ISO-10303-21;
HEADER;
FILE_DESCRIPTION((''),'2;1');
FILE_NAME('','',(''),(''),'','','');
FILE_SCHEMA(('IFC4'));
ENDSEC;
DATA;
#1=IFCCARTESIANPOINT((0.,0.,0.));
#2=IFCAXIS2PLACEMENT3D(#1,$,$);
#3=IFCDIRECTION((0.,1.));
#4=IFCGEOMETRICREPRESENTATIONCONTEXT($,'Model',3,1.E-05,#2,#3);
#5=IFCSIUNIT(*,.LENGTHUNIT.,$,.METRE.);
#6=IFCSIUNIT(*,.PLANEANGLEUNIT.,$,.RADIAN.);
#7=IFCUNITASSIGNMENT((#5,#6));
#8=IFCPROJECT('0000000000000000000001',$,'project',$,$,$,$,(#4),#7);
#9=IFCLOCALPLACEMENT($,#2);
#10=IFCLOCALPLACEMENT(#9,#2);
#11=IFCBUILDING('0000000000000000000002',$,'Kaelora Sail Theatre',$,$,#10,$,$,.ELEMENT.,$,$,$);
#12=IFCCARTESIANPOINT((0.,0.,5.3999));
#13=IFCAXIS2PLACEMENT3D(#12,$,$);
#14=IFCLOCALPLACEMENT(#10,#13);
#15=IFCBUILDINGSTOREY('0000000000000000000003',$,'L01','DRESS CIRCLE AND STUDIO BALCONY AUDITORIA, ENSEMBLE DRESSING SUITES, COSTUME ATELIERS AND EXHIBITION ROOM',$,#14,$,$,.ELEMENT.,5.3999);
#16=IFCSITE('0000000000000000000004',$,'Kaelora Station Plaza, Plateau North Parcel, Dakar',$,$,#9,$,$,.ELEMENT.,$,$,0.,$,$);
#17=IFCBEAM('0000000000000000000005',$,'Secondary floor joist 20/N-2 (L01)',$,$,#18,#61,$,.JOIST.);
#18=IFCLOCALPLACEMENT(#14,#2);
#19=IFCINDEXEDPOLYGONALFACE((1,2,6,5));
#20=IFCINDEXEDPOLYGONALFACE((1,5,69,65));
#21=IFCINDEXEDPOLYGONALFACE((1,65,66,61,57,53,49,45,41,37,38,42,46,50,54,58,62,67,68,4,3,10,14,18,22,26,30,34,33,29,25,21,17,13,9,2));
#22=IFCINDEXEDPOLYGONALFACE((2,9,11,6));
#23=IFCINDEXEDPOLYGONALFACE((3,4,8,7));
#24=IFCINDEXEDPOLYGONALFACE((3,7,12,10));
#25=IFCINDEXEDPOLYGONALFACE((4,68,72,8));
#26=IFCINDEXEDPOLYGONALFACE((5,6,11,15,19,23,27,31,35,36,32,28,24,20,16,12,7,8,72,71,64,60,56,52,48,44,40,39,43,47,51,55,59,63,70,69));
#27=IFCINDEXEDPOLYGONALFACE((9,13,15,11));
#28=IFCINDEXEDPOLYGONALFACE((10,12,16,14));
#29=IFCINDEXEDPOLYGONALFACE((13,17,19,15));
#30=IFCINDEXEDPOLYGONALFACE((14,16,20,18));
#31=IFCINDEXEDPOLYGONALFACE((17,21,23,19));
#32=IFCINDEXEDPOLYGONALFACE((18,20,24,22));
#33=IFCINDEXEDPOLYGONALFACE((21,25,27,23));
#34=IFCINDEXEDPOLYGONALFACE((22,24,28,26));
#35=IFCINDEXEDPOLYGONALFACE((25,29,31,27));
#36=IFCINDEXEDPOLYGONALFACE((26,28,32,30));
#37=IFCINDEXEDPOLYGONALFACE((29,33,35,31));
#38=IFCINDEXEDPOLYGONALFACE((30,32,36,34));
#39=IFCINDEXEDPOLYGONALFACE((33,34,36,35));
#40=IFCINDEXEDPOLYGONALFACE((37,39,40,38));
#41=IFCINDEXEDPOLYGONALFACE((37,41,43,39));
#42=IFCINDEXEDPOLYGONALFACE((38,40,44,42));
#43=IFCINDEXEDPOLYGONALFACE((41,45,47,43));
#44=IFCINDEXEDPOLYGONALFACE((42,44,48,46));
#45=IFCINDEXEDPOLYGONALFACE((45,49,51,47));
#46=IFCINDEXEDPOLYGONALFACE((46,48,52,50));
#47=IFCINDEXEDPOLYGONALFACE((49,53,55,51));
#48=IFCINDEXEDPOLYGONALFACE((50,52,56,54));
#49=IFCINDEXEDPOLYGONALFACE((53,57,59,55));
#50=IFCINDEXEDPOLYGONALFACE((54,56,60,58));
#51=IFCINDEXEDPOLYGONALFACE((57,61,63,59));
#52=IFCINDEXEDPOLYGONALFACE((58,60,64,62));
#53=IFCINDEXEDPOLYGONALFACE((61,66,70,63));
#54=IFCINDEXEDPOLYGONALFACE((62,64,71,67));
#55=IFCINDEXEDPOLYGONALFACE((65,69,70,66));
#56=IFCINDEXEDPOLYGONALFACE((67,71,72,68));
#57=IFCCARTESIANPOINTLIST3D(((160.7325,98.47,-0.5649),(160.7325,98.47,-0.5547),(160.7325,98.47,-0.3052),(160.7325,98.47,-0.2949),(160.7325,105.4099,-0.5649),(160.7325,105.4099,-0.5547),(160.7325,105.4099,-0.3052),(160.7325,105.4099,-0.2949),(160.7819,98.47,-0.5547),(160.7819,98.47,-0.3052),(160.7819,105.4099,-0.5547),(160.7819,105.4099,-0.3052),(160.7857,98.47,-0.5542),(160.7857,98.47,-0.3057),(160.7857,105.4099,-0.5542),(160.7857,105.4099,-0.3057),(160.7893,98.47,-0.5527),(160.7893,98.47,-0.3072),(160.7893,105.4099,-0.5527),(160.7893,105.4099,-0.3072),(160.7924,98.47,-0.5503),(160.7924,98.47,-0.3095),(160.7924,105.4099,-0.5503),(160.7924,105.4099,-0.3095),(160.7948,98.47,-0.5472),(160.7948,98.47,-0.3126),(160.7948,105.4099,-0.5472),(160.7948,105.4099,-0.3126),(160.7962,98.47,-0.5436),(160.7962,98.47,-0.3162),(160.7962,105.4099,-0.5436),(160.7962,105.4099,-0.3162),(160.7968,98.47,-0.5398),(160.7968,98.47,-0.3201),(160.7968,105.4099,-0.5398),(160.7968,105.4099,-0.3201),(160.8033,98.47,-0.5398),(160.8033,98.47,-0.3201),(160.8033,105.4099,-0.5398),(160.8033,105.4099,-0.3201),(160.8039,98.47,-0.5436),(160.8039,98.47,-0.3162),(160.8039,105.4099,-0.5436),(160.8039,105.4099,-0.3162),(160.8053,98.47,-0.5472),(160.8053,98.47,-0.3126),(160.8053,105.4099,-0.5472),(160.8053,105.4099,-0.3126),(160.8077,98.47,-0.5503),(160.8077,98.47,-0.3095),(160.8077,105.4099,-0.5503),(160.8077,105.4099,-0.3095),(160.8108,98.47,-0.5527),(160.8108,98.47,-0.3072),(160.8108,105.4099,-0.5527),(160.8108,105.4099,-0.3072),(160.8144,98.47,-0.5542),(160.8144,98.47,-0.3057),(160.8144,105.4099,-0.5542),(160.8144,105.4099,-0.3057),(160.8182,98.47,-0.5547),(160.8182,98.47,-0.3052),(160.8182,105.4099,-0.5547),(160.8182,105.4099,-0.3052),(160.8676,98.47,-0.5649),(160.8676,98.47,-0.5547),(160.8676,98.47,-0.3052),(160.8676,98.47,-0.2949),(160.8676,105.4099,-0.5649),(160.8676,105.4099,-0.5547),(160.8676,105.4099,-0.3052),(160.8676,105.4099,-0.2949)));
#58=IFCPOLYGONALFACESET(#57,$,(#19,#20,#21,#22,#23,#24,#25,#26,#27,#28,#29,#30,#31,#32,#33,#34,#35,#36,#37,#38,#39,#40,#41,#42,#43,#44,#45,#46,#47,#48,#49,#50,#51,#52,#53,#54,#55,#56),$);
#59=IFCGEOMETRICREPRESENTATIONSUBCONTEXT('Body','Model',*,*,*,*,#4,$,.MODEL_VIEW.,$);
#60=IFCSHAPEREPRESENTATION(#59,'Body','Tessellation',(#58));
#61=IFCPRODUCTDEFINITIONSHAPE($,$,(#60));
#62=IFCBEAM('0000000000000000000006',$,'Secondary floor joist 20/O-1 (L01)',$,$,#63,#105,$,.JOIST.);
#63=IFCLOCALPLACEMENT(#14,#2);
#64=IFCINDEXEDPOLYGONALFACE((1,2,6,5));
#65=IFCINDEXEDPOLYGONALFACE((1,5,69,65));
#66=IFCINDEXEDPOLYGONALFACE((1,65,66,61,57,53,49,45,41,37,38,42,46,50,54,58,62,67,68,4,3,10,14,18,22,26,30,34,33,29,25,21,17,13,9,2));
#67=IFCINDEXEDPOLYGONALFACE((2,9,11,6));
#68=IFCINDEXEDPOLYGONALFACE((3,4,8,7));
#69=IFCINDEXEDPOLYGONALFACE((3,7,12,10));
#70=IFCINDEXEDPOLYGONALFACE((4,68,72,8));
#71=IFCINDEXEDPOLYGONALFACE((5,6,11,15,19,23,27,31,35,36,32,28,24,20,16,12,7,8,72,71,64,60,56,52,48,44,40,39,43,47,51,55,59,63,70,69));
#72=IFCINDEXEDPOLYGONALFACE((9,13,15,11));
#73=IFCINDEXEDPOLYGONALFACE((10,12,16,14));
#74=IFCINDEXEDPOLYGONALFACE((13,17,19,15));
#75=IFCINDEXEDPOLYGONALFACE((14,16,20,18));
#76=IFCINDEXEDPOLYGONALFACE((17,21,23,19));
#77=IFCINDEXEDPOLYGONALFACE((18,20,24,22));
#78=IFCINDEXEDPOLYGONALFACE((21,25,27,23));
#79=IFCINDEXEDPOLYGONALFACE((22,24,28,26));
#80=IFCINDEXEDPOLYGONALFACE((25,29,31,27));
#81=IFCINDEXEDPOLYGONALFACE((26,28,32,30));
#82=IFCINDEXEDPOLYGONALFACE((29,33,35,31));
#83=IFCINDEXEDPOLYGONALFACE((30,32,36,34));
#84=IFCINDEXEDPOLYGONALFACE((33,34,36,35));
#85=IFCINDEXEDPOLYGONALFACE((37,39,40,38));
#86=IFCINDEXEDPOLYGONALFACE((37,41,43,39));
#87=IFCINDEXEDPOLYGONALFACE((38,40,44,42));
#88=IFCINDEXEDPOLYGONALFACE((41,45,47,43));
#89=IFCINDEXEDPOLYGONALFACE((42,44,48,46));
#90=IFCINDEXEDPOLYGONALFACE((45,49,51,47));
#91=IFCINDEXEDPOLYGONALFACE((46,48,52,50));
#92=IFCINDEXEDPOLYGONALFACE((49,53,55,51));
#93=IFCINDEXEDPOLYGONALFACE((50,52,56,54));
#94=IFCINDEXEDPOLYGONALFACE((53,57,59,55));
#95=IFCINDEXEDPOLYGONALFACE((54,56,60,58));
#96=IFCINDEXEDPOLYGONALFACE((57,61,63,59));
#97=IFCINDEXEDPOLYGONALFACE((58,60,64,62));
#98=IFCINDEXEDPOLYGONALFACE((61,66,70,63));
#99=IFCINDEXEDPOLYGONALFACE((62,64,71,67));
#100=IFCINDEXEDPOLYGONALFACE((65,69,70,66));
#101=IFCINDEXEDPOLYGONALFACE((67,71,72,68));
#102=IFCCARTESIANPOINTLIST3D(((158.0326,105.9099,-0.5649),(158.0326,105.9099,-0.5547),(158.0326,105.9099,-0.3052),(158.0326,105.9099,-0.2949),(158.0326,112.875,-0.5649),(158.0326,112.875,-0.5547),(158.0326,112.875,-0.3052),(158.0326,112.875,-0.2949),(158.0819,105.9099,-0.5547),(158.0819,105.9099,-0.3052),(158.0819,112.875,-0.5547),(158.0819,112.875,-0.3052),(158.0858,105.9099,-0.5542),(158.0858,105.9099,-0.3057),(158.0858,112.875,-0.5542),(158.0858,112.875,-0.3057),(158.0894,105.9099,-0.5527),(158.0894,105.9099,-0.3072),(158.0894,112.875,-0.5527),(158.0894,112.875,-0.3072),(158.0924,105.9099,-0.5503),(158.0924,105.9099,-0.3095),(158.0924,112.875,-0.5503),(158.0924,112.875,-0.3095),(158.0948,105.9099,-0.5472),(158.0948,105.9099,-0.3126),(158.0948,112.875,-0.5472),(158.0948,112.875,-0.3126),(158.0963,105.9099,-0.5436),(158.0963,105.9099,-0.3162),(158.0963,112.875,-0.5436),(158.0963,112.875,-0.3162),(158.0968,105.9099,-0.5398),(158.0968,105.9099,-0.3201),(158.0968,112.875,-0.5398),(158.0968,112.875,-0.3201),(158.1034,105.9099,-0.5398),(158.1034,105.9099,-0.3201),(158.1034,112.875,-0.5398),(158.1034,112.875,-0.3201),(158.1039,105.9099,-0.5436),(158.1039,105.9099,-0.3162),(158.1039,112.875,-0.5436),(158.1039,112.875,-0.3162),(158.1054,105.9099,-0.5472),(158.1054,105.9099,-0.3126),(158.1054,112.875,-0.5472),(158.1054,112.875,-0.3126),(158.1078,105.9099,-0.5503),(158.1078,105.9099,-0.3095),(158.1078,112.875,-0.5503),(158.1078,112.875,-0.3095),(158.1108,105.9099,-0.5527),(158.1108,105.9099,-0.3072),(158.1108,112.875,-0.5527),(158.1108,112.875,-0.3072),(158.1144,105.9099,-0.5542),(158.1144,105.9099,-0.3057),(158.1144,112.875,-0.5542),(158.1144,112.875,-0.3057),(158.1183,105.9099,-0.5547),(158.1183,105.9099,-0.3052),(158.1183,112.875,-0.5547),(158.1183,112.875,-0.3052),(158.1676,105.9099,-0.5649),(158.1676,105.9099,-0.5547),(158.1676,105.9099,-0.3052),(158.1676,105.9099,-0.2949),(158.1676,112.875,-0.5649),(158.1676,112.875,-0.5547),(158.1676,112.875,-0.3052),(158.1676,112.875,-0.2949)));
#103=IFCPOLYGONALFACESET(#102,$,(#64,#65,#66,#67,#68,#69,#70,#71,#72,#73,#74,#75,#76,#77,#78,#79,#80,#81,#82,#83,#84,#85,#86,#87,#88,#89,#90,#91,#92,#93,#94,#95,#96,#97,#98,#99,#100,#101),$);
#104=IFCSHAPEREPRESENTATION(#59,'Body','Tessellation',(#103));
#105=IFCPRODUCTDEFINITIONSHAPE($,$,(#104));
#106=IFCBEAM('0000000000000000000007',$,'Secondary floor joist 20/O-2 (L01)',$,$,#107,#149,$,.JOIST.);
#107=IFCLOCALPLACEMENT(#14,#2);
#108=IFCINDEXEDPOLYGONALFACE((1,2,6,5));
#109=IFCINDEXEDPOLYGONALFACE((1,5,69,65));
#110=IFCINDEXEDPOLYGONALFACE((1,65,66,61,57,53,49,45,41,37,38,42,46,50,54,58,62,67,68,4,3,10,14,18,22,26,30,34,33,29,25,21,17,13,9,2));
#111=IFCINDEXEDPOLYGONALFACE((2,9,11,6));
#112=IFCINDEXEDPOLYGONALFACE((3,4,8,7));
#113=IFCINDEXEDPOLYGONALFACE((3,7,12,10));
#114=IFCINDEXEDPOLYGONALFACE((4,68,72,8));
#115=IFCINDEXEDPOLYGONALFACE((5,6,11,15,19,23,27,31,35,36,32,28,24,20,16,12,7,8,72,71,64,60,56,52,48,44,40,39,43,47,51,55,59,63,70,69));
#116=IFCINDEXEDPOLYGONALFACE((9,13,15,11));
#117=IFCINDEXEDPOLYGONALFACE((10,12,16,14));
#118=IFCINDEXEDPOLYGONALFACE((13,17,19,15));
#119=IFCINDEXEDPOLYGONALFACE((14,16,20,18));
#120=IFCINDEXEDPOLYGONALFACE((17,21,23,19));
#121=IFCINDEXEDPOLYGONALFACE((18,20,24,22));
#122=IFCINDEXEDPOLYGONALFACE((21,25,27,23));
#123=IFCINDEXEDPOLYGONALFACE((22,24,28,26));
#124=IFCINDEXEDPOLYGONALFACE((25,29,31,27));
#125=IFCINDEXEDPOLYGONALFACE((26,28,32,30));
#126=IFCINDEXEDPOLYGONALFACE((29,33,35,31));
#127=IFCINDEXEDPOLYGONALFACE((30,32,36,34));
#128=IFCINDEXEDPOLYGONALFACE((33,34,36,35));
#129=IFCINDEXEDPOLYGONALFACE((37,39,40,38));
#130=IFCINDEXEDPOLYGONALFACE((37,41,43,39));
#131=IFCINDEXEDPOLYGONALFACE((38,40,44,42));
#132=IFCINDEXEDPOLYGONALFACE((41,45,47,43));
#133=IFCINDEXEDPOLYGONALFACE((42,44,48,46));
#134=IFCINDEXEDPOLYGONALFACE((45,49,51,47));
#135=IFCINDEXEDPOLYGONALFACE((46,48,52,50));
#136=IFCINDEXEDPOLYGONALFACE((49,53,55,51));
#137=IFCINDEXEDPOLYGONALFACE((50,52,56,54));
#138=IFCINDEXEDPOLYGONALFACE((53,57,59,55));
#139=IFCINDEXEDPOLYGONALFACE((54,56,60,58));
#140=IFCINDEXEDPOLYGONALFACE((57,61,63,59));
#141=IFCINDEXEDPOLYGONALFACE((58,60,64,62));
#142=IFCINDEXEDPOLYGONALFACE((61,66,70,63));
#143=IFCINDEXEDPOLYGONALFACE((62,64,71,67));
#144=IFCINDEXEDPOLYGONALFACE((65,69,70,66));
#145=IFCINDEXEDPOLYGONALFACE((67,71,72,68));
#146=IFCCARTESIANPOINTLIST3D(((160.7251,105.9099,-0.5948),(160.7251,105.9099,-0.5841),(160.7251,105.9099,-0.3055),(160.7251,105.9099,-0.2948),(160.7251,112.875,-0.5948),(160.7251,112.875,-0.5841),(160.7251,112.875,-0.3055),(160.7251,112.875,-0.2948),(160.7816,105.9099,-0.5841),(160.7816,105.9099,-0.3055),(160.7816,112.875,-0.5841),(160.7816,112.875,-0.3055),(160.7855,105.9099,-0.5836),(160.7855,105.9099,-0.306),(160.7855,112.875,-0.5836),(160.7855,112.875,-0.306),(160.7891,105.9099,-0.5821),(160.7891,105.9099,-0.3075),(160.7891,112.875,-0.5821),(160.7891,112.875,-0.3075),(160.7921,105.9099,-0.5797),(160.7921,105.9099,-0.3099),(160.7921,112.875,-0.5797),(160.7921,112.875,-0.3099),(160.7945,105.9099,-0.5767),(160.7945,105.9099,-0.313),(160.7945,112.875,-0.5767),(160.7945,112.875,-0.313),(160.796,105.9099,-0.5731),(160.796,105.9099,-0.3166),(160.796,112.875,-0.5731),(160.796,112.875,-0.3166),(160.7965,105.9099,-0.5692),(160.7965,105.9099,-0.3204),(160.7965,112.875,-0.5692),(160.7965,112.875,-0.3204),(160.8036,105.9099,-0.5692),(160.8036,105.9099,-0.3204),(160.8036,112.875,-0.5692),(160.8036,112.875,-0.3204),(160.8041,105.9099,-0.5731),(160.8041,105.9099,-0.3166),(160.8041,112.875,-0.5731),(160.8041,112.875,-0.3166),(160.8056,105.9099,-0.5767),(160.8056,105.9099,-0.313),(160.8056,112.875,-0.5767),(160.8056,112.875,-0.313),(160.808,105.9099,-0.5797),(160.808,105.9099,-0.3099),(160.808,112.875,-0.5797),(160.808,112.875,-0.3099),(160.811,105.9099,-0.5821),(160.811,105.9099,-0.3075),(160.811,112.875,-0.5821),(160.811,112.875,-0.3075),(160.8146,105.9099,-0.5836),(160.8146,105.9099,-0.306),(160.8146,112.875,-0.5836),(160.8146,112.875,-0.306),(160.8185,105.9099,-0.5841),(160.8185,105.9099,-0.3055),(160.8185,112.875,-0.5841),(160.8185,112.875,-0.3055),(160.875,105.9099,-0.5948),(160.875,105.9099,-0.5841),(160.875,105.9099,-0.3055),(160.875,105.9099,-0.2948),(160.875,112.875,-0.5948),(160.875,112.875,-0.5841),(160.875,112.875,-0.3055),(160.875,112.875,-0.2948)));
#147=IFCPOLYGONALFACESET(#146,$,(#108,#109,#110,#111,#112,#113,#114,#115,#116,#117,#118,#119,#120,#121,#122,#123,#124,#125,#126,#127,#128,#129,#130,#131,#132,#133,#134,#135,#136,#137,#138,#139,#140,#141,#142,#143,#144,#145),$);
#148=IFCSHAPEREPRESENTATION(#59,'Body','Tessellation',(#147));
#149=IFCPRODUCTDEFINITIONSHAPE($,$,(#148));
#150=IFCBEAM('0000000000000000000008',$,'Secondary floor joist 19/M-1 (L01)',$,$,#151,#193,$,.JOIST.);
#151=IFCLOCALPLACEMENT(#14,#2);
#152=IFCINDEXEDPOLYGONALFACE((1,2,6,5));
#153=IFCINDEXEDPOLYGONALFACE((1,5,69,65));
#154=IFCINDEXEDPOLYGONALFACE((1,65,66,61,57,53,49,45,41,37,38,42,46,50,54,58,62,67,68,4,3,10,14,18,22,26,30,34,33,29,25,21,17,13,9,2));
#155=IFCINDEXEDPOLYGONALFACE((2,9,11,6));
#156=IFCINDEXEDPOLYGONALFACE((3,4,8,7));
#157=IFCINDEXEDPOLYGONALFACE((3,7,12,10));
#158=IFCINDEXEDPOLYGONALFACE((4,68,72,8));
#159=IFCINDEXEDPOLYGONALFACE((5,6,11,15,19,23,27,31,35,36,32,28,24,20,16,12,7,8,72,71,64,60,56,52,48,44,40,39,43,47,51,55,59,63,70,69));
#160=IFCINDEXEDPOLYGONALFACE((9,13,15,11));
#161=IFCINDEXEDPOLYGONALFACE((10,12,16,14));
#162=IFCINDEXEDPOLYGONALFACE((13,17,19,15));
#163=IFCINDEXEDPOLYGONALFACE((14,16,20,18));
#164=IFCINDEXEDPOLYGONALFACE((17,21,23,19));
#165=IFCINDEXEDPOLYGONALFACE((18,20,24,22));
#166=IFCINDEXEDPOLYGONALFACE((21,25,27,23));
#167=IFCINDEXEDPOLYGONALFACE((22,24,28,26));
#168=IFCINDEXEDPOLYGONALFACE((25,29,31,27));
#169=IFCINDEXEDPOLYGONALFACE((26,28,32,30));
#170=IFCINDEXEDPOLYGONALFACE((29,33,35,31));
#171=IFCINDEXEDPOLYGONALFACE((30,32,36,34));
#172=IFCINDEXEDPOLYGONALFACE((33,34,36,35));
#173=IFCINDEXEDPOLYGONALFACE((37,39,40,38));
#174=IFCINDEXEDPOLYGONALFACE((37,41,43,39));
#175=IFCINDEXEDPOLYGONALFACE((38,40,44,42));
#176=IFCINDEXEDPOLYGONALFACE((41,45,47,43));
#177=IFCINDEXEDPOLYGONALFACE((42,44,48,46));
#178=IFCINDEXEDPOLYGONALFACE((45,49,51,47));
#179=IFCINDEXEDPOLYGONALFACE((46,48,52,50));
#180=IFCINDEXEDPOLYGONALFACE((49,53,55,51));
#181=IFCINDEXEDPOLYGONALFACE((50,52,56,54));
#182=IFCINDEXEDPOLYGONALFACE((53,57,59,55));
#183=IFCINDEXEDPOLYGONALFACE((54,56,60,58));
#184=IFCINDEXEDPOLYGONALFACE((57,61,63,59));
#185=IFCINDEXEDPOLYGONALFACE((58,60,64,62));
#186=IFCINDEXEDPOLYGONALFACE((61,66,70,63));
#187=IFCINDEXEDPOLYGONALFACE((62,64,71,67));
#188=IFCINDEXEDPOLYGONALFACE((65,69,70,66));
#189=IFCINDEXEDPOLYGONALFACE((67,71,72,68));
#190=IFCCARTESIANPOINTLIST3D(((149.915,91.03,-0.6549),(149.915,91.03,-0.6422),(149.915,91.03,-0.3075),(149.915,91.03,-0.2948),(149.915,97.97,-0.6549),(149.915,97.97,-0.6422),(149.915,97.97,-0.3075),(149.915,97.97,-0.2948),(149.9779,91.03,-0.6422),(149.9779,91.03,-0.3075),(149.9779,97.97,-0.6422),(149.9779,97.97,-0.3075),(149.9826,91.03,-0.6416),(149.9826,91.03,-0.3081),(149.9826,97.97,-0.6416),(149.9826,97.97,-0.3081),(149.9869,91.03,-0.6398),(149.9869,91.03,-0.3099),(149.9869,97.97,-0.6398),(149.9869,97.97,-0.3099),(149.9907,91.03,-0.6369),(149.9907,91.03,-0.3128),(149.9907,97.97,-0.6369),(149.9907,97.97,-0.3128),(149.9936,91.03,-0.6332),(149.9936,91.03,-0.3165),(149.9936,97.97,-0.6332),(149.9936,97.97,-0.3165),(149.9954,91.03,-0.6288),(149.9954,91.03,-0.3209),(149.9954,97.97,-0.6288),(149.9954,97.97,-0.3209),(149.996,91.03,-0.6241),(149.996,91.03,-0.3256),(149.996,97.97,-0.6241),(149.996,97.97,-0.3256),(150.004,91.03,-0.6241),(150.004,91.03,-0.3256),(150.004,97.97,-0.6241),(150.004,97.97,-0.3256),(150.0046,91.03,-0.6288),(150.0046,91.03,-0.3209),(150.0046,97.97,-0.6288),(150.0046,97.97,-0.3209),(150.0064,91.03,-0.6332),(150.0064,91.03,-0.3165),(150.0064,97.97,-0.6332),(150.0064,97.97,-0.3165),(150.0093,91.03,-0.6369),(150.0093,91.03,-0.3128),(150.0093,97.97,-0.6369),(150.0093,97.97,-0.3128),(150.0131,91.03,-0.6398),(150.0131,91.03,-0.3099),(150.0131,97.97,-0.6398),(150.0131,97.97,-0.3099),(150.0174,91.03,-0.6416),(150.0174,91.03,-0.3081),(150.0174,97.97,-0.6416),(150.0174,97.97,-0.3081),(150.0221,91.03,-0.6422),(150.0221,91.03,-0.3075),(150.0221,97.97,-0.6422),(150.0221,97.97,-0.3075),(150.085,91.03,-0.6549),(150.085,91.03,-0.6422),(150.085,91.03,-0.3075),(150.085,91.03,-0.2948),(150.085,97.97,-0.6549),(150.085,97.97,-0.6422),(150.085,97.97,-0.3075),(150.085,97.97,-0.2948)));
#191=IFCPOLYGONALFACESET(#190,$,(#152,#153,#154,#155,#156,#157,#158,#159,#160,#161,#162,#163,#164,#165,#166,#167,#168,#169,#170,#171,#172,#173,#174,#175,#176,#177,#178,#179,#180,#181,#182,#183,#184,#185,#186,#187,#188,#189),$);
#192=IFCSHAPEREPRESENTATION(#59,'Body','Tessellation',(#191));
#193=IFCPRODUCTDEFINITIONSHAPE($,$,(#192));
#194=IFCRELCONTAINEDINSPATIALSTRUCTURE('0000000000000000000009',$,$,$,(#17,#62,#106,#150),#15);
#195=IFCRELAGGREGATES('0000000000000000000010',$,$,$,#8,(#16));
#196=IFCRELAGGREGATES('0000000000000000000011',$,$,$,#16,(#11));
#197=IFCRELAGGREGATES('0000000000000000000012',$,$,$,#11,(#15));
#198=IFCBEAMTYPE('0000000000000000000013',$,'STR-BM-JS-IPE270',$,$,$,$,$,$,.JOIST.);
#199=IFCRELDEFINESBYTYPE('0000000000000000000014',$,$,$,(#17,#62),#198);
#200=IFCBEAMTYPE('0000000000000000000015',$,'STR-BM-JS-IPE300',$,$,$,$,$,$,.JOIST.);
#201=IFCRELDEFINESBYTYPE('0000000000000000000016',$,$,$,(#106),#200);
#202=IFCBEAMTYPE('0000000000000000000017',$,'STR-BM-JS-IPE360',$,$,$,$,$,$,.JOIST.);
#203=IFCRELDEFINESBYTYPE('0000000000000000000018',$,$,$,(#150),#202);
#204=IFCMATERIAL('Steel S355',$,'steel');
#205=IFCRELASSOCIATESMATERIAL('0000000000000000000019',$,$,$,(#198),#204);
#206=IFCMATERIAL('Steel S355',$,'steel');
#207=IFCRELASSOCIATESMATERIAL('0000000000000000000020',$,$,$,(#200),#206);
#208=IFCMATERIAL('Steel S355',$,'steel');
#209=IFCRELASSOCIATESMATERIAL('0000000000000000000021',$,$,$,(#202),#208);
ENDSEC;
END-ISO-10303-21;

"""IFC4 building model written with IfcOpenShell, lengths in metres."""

from ifc_helpers import new_model, si_unit, direction, frame, origin, origin_2d, place, context, subcontext, project, spatial, i_section, extrude, material, material_profile, profile_set, type_object, element, save


model = new_model("IFC4")

# Units and contexts
model_context = context("Model", 3, precision=1e-05, world=origin(), true_north=direction((0.0, 1.0)))
body_context = subcontext(model_context, "Body", "Model", "MODEL_VIEW")
ifc_project = project(units=[si_unit("LENGTHUNIT", "METRE"), si_unit("PLANEANGLEUNIT", "RADIAN")], contexts=[model_context])

# Site, building, storey
site_placement = place(None, origin())
site = spatial("IfcSite", under=ifc_project, at=site_placement, Name="Kaelora Station Plaza, Plateau North Parcel, Dakar", CompositionType="ELEMENT", RefElevation=0.0)
building_placement = place(site_placement, origin())
building = spatial("IfcBuilding", under=site, at=building_placement, Name="Kaelora Sail Theatre", CompositionType="ELEMENT")
storey_placement = place(building_placement, frame((0.0, 0.0, 5.3999)))
storey = spatial("IfcBuildingStorey", under=building, at=storey_placement, Name="L01", Description="DRESS CIRCLE AND STUDIO BALCONY AUDITORIA, ENSEMBLE DRESSING SUITES, COSTUME ATELIERS AND EXHIBITION ROOM", CompositionType="ELEMENT", Elevation=5.3999)

# Beams
ifc_material_1 = material(Name="Steel S355", Category="steel")
ifc_material_profile_1 = material_profile(ifc_material_1, i_section(OverallWidth=0.135, OverallDepth=0.27, WebThickness=0.0066, FlangeThickness=0.0103, FilletRadius=0.0149, at=origin_2d()), Name="IPE 270")
ifc_profile_set_1 = profile_set([ifc_material_profile_1], Name="Steel S355")
beam_type_1 = type_object("IfcBeamType", Name="STR-BM-JS-IPE270", PredefinedType="JOIST", material=ifc_profile_set_1)
beam_1_placement = place(storey_placement, frame((160.8, 98.47, -0.4299), z_axis=(0.0, 1.0, 0.0), x_axis=(-1.0, 0.0, 0.0)))
element("IfcBeam", 1, at=beam_1_placement, inside=storey, type_object=beam_type_1, Name="Secondary floor joist 20/N-2 (L01)", PredefinedType="JOIST", context=body_context, shape_type="SweptSolid", body=[
    extrude(i_section(OverallWidth=0.135, OverallDepth=0.27, WebThickness=0.0066, FlangeThickness=0.0103, FilletRadius=0.0149, at=origin_2d()), origin(), (0.0, 0.0, 1.0), 6.9399),
])
beam_2_placement = place(storey_placement, frame((158.1001, 105.9099, -0.4299), z_axis=(0.0, 1.0, 0.0), x_axis=(-1.0, 0.0, 0.0)))
element("IfcBeam", 2, at=beam_2_placement, inside=storey, type_object=beam_type_1, Name="Secondary floor joist 20/O-1 (L01)", PredefinedType="JOIST", context=body_context, shape_type="SweptSolid", body=[
    extrude(i_section(OverallWidth=0.135, OverallDepth=0.27, WebThickness=0.0066, FlangeThickness=0.0103, FilletRadius=0.0149, at=origin_2d()), origin(), (0.0, 0.0, 1.0), 6.9651),
])
ifc_material_2 = material(Name="Steel S355", Category="steel")
ifc_material_profile_2 = material_profile(ifc_material_2, i_section(OverallWidth=0.1499, OverallDepth=0.3, WebThickness=0.0071, FlangeThickness=0.0107, FilletRadius=0.0149, at=origin_2d()), Name="IPE 300")
ifc_profile_set_2 = profile_set([ifc_material_profile_2], Name="Steel S355")
beam_type_2 = type_object("IfcBeamType", Name="STR-BM-JS-IPE300", PredefinedType="JOIST", material=ifc_profile_set_2)
beam_3_placement = place(storey_placement, frame((160.8, 105.9099, -0.4448), z_axis=(0.0, 1.0, 0.0), x_axis=(-1.0, 0.0, 0.0)))
element("IfcBeam", 3, at=beam_3_placement, inside=storey, type_object=beam_type_2, Name="Secondary floor joist 20/O-2 (L01)", PredefinedType="JOIST", context=body_context, shape_type="SweptSolid", body=[
    extrude(i_section(OverallWidth=0.1499, OverallDepth=0.3, WebThickness=0.0071, FlangeThickness=0.0107, FilletRadius=0.0149, at=origin_2d()), origin(), (0.0, 0.0, 1.0), 6.9651),
])
ifc_material_3 = material(Name="Steel S355", Category="steel")
ifc_material_profile_3 = material_profile(ifc_material_3, i_section(OverallWidth=0.1699, OverallDepth=0.3601, WebThickness=0.0081, FlangeThickness=0.0127, FilletRadius=0.0181, at=origin_2d()), Name="IPE 360")
ifc_profile_set_3 = profile_set([ifc_material_profile_3], Name="Steel S355")
beam_type_3 = type_object("IfcBeamType", Name="STR-BM-JS-IPE360", PredefinedType="JOIST", material=ifc_profile_set_3)
beam_4_placement = place(storey_placement, frame((150.0, 91.03, -0.4749), z_axis=(0.0, 1.0, 0.0), x_axis=(-1.0, 0.0, 0.0)))
element("IfcBeam", 4, at=beam_4_placement, inside=storey, type_object=beam_type_3, Name="Secondary floor joist 19/M-1 (L01)", PredefinedType="JOIST", context=body_context, shape_type="SweptSolid", body=[
    extrude(i_section(OverallWidth=0.1699, OverallDepth=0.3601, WebThickness=0.0081, FlangeThickness=0.0127, FilletRadius=0.0181, at=origin_2d()), origin(), (0.0, 0.0, 1.0), 6.9399),
])

save(model, "model.ifc")
